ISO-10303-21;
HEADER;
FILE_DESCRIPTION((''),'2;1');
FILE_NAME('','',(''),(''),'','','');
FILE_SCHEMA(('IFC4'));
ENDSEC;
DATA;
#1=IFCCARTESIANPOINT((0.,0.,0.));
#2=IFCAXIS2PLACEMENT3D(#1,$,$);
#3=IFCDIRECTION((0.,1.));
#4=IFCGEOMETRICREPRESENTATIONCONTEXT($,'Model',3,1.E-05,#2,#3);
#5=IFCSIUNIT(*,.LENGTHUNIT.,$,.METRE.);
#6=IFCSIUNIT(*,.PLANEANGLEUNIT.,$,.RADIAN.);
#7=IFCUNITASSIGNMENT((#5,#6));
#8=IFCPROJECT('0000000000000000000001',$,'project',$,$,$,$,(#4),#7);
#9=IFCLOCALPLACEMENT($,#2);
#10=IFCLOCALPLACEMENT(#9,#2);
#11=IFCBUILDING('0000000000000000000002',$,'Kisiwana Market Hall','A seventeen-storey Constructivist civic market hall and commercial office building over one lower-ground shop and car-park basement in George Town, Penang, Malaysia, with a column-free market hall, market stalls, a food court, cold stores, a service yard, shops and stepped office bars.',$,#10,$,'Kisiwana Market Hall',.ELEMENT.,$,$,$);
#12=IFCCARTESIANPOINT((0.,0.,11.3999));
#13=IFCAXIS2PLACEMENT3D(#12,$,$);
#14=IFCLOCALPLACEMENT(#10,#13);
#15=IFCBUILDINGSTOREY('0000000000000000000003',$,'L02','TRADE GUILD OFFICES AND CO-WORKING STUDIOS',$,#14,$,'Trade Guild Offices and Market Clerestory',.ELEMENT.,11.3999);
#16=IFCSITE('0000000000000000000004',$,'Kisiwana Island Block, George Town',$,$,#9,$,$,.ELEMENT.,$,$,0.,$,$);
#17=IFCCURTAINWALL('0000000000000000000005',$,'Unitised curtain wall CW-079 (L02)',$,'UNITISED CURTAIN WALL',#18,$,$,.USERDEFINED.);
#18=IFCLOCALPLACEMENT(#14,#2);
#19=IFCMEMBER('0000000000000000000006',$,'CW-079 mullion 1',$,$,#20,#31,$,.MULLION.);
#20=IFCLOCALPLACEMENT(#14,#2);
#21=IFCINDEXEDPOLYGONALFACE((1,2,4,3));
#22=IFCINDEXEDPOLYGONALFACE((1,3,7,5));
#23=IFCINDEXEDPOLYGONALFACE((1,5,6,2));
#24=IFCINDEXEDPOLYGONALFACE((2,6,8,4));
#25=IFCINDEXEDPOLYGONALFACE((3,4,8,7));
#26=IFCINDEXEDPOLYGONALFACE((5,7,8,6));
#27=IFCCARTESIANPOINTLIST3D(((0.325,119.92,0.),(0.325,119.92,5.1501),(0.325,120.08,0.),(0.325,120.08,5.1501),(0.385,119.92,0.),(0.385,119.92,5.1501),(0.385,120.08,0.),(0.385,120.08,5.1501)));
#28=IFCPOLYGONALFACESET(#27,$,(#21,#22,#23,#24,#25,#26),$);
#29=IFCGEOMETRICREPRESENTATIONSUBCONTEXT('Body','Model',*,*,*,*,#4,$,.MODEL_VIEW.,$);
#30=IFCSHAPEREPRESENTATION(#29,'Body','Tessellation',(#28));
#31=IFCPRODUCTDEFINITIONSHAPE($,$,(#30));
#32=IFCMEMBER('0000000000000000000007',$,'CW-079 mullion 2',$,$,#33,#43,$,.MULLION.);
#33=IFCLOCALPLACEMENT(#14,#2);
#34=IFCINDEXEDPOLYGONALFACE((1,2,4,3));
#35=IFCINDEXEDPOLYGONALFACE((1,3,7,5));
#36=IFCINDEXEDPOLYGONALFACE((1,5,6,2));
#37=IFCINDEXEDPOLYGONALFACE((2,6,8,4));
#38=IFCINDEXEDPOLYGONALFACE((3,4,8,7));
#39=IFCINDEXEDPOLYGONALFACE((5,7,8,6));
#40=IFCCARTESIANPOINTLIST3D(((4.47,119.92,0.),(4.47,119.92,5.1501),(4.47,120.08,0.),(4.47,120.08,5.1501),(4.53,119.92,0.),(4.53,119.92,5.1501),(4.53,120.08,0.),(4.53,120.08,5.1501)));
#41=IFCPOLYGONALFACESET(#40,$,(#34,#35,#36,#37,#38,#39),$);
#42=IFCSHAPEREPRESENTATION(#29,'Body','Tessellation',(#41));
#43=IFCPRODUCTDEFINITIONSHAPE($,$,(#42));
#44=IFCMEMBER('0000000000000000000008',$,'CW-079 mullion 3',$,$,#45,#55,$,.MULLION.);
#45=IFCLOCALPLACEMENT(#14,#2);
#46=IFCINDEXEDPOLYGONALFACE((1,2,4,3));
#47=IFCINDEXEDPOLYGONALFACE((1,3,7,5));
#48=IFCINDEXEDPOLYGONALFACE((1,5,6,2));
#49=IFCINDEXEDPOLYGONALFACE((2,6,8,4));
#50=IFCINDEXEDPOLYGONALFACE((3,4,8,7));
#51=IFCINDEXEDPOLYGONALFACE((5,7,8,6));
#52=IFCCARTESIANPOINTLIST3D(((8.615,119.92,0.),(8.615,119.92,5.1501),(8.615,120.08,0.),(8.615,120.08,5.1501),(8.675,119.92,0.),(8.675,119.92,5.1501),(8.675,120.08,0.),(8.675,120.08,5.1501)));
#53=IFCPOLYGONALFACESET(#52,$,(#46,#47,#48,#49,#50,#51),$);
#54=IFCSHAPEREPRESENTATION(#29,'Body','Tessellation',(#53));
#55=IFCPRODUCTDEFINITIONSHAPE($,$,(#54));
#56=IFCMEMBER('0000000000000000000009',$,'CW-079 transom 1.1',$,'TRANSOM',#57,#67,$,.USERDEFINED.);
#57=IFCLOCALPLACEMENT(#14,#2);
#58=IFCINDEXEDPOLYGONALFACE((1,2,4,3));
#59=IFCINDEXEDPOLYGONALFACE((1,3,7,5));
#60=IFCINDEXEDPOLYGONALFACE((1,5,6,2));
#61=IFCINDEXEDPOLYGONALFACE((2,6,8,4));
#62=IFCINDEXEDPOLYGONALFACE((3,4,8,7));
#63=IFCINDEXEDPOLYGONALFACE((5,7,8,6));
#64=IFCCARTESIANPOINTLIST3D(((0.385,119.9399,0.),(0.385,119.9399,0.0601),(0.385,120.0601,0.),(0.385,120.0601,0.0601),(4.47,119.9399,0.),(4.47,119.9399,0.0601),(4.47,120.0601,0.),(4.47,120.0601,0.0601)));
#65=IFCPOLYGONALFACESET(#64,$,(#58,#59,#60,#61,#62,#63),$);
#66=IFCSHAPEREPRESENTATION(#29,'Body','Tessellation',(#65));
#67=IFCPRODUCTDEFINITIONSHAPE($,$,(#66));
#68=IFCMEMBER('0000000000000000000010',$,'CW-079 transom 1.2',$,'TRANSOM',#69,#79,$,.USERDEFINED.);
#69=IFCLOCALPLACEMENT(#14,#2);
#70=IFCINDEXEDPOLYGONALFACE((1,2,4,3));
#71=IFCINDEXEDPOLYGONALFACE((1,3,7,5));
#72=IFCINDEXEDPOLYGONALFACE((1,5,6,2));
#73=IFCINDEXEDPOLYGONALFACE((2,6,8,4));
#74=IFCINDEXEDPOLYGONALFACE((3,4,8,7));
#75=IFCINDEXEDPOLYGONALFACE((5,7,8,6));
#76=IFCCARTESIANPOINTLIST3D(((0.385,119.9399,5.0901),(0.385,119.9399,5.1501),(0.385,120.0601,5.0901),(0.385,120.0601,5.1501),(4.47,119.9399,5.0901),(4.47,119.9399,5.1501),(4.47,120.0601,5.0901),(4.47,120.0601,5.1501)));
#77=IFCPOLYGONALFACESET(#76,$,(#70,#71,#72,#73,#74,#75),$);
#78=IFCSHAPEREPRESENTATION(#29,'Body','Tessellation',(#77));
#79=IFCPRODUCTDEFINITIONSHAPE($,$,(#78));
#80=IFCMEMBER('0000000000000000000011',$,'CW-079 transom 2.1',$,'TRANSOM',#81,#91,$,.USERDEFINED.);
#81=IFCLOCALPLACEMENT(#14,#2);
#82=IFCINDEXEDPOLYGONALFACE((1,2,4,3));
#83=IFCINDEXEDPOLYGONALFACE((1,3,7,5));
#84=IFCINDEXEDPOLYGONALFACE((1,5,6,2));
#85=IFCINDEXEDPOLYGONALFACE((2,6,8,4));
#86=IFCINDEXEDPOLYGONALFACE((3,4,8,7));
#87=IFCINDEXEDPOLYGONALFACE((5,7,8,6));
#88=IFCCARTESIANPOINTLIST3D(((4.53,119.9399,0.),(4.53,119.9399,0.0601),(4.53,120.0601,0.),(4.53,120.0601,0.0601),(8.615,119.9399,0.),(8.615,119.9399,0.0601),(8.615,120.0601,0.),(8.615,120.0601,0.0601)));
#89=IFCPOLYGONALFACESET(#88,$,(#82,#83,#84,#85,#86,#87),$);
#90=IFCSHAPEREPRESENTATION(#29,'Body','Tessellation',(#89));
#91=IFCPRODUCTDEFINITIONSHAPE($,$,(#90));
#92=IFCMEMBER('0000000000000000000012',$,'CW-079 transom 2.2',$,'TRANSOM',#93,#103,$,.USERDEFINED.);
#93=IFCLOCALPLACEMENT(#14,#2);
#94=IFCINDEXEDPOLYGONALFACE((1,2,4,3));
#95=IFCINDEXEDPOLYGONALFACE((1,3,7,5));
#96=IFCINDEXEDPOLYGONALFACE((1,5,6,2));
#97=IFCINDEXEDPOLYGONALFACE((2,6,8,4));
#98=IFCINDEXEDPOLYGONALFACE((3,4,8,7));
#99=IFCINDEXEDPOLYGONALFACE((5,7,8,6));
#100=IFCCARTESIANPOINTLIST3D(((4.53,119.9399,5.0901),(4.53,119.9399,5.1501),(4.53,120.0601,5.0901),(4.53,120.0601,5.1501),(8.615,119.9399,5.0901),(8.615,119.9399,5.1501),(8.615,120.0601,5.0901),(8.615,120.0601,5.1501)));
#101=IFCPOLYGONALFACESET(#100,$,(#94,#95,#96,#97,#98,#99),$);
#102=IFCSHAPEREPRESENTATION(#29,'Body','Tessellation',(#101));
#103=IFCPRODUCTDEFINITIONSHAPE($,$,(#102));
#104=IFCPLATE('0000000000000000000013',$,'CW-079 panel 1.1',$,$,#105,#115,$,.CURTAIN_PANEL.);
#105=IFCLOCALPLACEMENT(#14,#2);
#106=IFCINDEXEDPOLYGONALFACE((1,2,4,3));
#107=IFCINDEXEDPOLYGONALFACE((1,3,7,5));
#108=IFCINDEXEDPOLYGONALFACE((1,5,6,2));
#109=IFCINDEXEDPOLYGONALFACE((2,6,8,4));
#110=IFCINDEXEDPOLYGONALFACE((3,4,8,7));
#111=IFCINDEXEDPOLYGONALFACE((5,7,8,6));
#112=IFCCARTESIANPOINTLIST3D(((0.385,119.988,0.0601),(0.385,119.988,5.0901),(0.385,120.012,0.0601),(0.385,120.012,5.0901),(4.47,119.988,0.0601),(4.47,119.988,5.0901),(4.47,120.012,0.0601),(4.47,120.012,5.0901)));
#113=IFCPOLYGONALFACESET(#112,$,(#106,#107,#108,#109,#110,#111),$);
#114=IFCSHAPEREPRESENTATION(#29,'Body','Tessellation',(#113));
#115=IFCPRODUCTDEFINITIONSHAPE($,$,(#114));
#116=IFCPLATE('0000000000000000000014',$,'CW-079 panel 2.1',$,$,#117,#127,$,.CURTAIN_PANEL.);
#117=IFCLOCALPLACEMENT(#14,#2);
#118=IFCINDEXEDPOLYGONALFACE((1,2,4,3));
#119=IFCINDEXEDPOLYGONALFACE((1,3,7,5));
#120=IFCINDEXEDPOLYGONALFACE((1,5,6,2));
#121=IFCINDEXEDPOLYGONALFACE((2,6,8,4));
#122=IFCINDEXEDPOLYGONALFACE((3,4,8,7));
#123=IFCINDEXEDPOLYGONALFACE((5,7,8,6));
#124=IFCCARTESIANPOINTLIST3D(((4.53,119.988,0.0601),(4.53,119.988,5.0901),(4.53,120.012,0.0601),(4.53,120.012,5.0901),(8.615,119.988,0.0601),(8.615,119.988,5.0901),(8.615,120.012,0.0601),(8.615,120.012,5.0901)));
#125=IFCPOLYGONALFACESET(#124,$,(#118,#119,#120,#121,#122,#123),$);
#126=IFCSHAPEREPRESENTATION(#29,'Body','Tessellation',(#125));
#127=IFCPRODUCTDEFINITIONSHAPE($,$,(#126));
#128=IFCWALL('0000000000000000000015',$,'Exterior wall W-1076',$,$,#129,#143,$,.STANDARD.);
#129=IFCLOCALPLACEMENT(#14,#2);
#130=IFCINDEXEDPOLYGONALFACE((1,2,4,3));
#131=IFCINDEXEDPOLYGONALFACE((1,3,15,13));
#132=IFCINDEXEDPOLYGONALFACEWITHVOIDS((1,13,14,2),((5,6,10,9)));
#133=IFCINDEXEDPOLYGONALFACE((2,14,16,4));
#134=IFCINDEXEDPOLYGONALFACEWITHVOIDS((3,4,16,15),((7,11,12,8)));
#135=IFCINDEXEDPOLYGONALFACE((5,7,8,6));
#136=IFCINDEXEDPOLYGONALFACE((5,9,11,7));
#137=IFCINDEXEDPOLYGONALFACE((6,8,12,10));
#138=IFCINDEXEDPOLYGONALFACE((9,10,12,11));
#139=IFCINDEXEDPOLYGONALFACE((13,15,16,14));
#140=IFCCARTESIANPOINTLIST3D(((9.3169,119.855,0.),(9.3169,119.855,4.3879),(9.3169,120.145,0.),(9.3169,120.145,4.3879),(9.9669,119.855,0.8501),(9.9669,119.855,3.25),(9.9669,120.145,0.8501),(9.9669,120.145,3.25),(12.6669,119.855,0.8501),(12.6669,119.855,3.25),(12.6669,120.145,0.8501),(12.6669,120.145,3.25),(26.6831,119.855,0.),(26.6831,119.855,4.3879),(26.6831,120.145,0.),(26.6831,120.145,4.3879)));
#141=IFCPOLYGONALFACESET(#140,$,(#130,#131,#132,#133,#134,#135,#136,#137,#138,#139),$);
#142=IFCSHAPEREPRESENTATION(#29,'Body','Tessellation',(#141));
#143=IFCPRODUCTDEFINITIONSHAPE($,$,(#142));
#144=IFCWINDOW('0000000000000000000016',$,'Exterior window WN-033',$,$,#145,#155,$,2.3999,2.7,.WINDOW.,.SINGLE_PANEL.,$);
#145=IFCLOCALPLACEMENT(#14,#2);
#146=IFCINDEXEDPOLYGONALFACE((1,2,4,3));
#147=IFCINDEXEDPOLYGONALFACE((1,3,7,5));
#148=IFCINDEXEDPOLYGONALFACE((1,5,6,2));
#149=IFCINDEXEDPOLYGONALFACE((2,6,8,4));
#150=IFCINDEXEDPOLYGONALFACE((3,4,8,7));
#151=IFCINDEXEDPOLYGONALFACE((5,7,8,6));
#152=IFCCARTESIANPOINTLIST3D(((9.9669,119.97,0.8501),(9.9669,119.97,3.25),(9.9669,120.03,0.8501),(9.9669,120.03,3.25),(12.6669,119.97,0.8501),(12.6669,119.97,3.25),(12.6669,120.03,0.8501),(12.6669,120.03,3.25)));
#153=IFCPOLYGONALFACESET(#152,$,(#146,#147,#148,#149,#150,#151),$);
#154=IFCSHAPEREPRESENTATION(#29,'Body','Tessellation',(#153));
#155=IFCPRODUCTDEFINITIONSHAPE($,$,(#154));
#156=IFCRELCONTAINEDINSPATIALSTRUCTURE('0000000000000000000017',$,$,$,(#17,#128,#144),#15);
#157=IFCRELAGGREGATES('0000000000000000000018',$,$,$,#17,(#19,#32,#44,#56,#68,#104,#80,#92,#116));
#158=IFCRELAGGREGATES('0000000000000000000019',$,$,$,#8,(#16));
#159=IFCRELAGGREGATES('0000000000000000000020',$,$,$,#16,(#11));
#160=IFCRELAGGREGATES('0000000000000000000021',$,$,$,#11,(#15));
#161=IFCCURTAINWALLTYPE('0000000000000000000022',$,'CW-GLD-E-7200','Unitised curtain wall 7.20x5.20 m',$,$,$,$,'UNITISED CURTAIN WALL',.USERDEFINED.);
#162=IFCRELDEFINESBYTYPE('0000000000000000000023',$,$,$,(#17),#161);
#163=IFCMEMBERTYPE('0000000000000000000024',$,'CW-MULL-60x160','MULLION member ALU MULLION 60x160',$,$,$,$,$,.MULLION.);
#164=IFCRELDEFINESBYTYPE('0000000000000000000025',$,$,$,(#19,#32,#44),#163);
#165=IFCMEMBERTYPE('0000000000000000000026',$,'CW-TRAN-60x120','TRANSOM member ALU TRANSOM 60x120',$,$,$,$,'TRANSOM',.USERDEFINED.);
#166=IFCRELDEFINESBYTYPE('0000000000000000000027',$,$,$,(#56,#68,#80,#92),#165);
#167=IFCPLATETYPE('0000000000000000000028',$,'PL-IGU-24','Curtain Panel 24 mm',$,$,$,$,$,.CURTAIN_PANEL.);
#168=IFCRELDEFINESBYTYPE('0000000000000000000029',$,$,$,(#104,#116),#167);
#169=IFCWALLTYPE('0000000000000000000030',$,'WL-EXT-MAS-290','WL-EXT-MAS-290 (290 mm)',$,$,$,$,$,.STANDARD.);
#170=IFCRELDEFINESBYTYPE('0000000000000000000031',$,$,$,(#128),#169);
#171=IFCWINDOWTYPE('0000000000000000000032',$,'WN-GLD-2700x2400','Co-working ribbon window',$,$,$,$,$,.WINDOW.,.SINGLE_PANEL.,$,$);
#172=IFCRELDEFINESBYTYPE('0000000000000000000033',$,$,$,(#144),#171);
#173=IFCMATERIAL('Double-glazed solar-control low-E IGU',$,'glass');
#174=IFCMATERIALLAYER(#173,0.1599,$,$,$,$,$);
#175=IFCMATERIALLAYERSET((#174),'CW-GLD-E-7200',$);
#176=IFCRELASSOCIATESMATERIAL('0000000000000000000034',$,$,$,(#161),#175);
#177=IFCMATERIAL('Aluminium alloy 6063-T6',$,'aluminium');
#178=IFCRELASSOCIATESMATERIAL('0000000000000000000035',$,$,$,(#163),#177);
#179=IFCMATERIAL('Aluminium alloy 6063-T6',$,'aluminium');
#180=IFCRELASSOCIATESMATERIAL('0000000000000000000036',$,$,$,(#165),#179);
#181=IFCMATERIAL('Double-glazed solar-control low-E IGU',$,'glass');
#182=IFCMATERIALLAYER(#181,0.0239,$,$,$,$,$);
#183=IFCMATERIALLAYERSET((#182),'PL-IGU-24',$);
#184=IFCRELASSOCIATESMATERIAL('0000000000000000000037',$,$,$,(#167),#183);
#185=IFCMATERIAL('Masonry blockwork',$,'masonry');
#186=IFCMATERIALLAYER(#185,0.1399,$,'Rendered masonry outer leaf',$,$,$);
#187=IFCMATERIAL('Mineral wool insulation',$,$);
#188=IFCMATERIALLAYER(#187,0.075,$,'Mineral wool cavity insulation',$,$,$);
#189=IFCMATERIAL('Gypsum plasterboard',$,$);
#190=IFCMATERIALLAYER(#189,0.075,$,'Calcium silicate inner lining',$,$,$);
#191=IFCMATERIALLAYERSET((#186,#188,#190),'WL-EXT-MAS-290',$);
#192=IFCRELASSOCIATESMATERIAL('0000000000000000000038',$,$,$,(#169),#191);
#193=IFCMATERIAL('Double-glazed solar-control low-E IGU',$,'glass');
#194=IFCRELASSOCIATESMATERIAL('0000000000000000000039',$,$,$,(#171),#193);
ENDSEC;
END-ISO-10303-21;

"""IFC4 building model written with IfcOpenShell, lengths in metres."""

from ifc_helpers import new_model, si_unit, direction, frame, frame_2d, origin, origin_2d, place, context, subcontext, project, spatial, rectangle, extrude, material, layer, layer_set, material_profile, profile_set, type_object, element, fill, aggregate, save


model = new_model("IFC4")

# Units and contexts
model_context = context("Model", 3, precision=1e-05, world=origin(), true_north=direction((0.0, 1.0)))
body_context = subcontext(model_context, "Body", "Model", "MODEL_VIEW")
ifc_project = project(units=[si_unit("LENGTHUNIT", "METRE"), si_unit("PLANEANGLEUNIT", "RADIAN")], contexts=[model_context])

# Site, building, storey
site_placement = place(None, origin())
site = spatial("IfcSite", under=ifc_project, at=site_placement, Name="Kisiwana Island Block, George Town", CompositionType="ELEMENT", RefElevation=0.0)
building_placement = place(site_placement, origin())
building = spatial("IfcBuilding", under=site, at=building_placement, Name="Kisiwana Market Hall", Description="A seventeen-storey Constructivist civic market hall and commercial office building over one lower-ground shop and car-park basement in George Town, Penang, Malaysia, with a column-free market hall, market stalls, a food court, cold stores, a service yard, shops and stepped office bars.", LongName="Kisiwana Market Hall", CompositionType="ELEMENT")
storey_placement = place(building_placement, frame((0.0, 0.0, 11.3999)))
storey = spatial("IfcBuildingStorey", under=building, at=storey_placement, Name="L02", Description="TRADE GUILD OFFICES AND CO-WORKING STUDIOS", LongName="Trade Guild Offices and Market Clerestory", CompositionType="ELEMENT", Elevation=11.3999)

# Curtain wall, members, plates
ifc_material_1 = material(Name="Double-glazed solar-control low-E IGU", Category="glass")
ifc_layer_1 = layer(ifc_material_1, 0.1599)
ifc_layer_set_1 = layer_set([ifc_layer_1], Name="CW-GLD-E-7200")
curtain_wall_type = type_object("IfcCurtainWallType", Name="CW-GLD-E-7200", Description="Unitised curtain wall 7.20x5.20 m", ElementType="UNITISED CURTAIN WALL", PredefinedType="USERDEFINED", material=ifc_layer_set_1)
curtain_wall_placement = place(storey_placement, origin())
curtain_wall = element("IfcCurtainWall", 1, at=curtain_wall_placement, inside=storey, type_object=curtain_wall_type, Name="Unitised curtain wall CW-079 (L02)", ObjectType="UNITISED CURTAIN WALL", PredefinedType="USERDEFINED")
ifc_material_2 = material(Name="Aluminium alloy 6063-T6", Category="aluminium")
ifc_material_profile_1 = material_profile(ifc_material_2, rectangle(XDim=0.0601, YDim=0.1599, at=origin_2d()), Name="ALU MULLION 60x160")
ifc_profile_set_1 = profile_set([ifc_material_profile_1], Name="Aluminium alloy 6063-T6")
member_type_1 = type_object("IfcMemberType", Name="CW-MULL-60x160", Description="MULLION member ALU MULLION 60x160", PredefinedType="MULLION", material=ifc_profile_set_1)
member_1_placement = place(storey_placement, frame((0.355, 120.0, 0.0), z_axis=(0.0, 0.0, 1.0), x_axis=(1.0, 0.0, 0.0)))
member_1 = element("IfcMember", 2, at=member_1_placement, type_object=member_type_1, Name="CW-079 mullion 1", PredefinedType="MULLION", context=body_context, shape_type="SweptSolid", body=[
    extrude(rectangle(XDim=0.0601, YDim=0.1599, at=origin_2d()), origin(), (0.0, 0.0, 1.0), 5.1501),
])
member_2_placement = place(storey_placement, frame((4.5, 120.0, 0.0), z_axis=(0.0, 0.0, 1.0), x_axis=(1.0, 0.0, 0.0)))
member_2 = element("IfcMember", 3, at=member_2_placement, type_object=member_type_1, Name="CW-079 mullion 2", PredefinedType="MULLION", context=body_context, shape_type="SweptSolid", body=[
    extrude(rectangle(XDim=0.0601, YDim=0.1599, at=origin_2d()), origin(), (0.0, 0.0, 1.0), 5.1501),
])
member_3_placement = place(storey_placement, frame((8.645, 120.0, 0.0), z_axis=(0.0, 0.0, 1.0), x_axis=(1.0, 0.0, 0.0)))
member_3 = element("IfcMember", 4, at=member_3_placement, type_object=member_type_1, Name="CW-079 mullion 3", PredefinedType="MULLION", context=body_context, shape_type="SweptSolid", body=[
    extrude(rectangle(XDim=0.0601, YDim=0.1599, at=origin_2d()), origin(), (0.0, 0.0, 1.0), 5.1501),
])
ifc_material_3 = material(Name="Aluminium alloy 6063-T6", Category="aluminium")
ifc_material_profile_2 = material_profile(ifc_material_3, rectangle(XDim=0.1201, YDim=0.0601, at=origin_2d()), Name="ALU TRANSOM 60x120")
ifc_profile_set_2 = profile_set([ifc_material_profile_2], Name="Aluminium alloy 6063-T6")
member_type_2 = type_object("IfcMemberType", Name="CW-TRAN-60x120", Description="TRANSOM member ALU TRANSOM 60x120", ElementType="TRANSOM", PredefinedType="USERDEFINED", material=ifc_profile_set_2)
member_4_placement = place(storey_placement, frame((0.385, 120.0, 0.03), z_axis=(1.0, 0.0, 0.0), x_axis=(0.0, 1.0, 0.0)))
member_4 = element("IfcMember", 5, at=member_4_placement, type_object=member_type_2, Name="CW-079 transom 1.1", ObjectType="TRANSOM", PredefinedType="USERDEFINED", context=body_context, shape_type="SweptSolid", body=[
    extrude(rectangle(XDim=0.1201, YDim=0.0601, at=origin_2d()), origin(), (0.0, 0.0, 1.0), 4.085),
])
member_5_placement = place(storey_placement, frame((0.385, 120.0, 5.1201), z_axis=(1.0, 0.0, 0.0), x_axis=(0.0, 1.0, 0.0)))
member_5 = element("IfcMember", 6, at=member_5_placement, type_object=member_type_2, Name="CW-079 transom 1.2", ObjectType="TRANSOM", PredefinedType="USERDEFINED", context=body_context, shape_type="SweptSolid", body=[
    extrude(rectangle(XDim=0.1201, YDim=0.0601, at=origin_2d()), origin(), (0.0, 0.0, 1.0), 4.085),
])
member_6_placement = place(storey_placement, frame((4.53, 120.0, 0.03), z_axis=(1.0, 0.0, 0.0), x_axis=(0.0, 1.0, 0.0)))
member_6 = element("IfcMember", 7, at=member_6_placement, type_object=member_type_2, Name="CW-079 transom 2.1", ObjectType="TRANSOM", PredefinedType="USERDEFINED", context=body_context, shape_type="SweptSolid", body=[
    extrude(rectangle(XDim=0.1201, YDim=0.0601, at=origin_2d()), origin(), (0.0, 0.0, 1.0), 4.085),
])
member_7_placement = place(storey_placement, frame((4.53, 120.0, 5.1201), z_axis=(1.0, 0.0, 0.0), x_axis=(0.0, 1.0, 0.0)))
member_7 = element("IfcMember", 8, at=member_7_placement, type_object=member_type_2, Name="CW-079 transom 2.2", ObjectType="TRANSOM", PredefinedType="USERDEFINED", context=body_context, shape_type="SweptSolid", body=[
    extrude(rectangle(XDim=0.1201, YDim=0.0601, at=origin_2d()), origin(), (0.0, 0.0, 1.0), 4.085),
])
ifc_material_4 = material(Name="Double-glazed solar-control low-E IGU", Category="glass")
ifc_layer_2 = layer(ifc_material_4, 0.0239)
ifc_layer_set_2 = layer_set([ifc_layer_2], Name="PL-IGU-24")
plate_type = type_object("IfcPlateType", Name="PL-IGU-24", Description="Curtain Panel 24 mm", PredefinedType="CURTAIN_PANEL", material=ifc_layer_set_2)
plate_1_placement = place(storey_placement, frame((2.4275, 120.0, 0.0601), z_axis=(0.0, 0.0, 1.0), x_axis=(1.0, 0.0, 0.0)))
plate_1 = element("IfcPlate", 9, at=plate_1_placement, type_object=plate_type, Name="CW-079 panel 1.1", PredefinedType="CURTAIN_PANEL", context=body_context, shape_type="SweptSolid", body=[
    extrude(rectangle(XDim=4.085, YDim=0.0239, at=origin_2d()), origin(), (0.0, 0.0, 1.0), 5.03),
])
plate_2_placement = place(storey_placement, frame((6.5725, 120.0, 0.0601), z_axis=(0.0, 0.0, 1.0), x_axis=(1.0, 0.0, 0.0)))
plate_2 = element("IfcPlate", 10, at=plate_2_placement, type_object=plate_type, Name="CW-079 panel 2.1", PredefinedType="CURTAIN_PANEL", context=body_context, shape_type="SweptSolid", body=[
    extrude(rectangle(XDim=4.085, YDim=0.0239, at=origin_2d()), origin(), (0.0, 0.0, 1.0), 5.03),
])
aggregate(curtain_wall, [member_1, member_2, member_3, member_4, member_5, plate_1, member_6, member_7, plate_2])

# Wall, opening, window
ifc_material_5 = material(Name="Masonry blockwork", Category="masonry")
ifc_layer_3 = layer(ifc_material_5, 0.1399, Name="Rendered masonry outer leaf")
ifc_material_6 = material(Name="Mineral wool insulation")
ifc_layer_4 = layer(ifc_material_6, 0.075, Name="Mineral wool cavity insulation")
ifc_material_7 = material(Name="Gypsum plasterboard")
ifc_layer_5 = layer(ifc_material_7, 0.075, Name="Calcium silicate inner lining")
ifc_layer_set_3 = layer_set([ifc_layer_3, ifc_layer_4, ifc_layer_5], Name="WL-EXT-MAS-290")
wall_type = type_object("IfcWallType", Name="WL-EXT-MAS-290", Description="WL-EXT-MAS-290 (290 mm)", PredefinedType="STANDARD", material=ifc_layer_set_3)
wall_1_placement = place(storey_placement, frame((9.3169, 120.0, 0.0), z_axis=(0.0, 0.0, 1.0), x_axis=(1.0, 0.0, 0.0)))
wall_1 = element("IfcWall", 11, at=wall_1_placement, inside=storey, type_object=wall_type, Name="Exterior wall W-1076", PredefinedType="STANDARD", context=body_context, shape_type="SweptSolid", body=[
    extrude(rectangle(XDim=17.3662, YDim=0.29, at=frame_2d((8.6831, 0.0))), origin(), (0.0, 0.0, 1.0), 4.3879),
])
opening_1_placement = place(wall_1_placement, frame((0.6499, 0.0, 0.8501)))
opening_1 = element("IfcOpeningElement", 12, at=opening_1_placement, cuts=wall_1, PredefinedType="OPENING", context=body_context, shape_type="SweptSolid", body=[
    extrude(rectangle(XDim=2.7, YDim=2.3999, at=frame_2d((1.3501, 1.2))), frame((0.0, 0.157, 0.0), z_axis=(0.0, -1.0, 0.0), x_axis=(1.0, 0.0, 0.0)), (0.0, 0.0, 1.0), 0.314),
])
ifc_material_8 = material(Name="Double-glazed solar-control low-E IGU", Category="glass")
window_type_1 = type_object("IfcWindowType", Name="WN-GLD-2700x2400", Description="Co-working ribbon window", PartitioningType="SINGLE_PANEL", PredefinedType="WINDOW", material=ifc_material_8)
window_1_placement = place(opening_1_placement, origin())
window_1 = element("IfcWindow", 13, at=window_1_placement, inside=storey, type_object=window_type_1, Name="Exterior window WN-033", OverallHeight=2.3999, OverallWidth=2.7, PartitioningType="SINGLE_PANEL", PredefinedType="WINDOW", context=body_context, shape_type="SweptSolid", body=[
    extrude(rectangle(XDim=2.7, YDim=2.3999, at=frame_2d((1.3501, 1.2))), frame((0.0, 0.03, 0.0), z_axis=(0.0, -1.0, 0.0), x_axis=(1.0, 0.0, 0.0)), (0.0, 0.0, 1.0), 0.0601),
])
fill(opening_1, window_1)

save(model, "model.ifc")
